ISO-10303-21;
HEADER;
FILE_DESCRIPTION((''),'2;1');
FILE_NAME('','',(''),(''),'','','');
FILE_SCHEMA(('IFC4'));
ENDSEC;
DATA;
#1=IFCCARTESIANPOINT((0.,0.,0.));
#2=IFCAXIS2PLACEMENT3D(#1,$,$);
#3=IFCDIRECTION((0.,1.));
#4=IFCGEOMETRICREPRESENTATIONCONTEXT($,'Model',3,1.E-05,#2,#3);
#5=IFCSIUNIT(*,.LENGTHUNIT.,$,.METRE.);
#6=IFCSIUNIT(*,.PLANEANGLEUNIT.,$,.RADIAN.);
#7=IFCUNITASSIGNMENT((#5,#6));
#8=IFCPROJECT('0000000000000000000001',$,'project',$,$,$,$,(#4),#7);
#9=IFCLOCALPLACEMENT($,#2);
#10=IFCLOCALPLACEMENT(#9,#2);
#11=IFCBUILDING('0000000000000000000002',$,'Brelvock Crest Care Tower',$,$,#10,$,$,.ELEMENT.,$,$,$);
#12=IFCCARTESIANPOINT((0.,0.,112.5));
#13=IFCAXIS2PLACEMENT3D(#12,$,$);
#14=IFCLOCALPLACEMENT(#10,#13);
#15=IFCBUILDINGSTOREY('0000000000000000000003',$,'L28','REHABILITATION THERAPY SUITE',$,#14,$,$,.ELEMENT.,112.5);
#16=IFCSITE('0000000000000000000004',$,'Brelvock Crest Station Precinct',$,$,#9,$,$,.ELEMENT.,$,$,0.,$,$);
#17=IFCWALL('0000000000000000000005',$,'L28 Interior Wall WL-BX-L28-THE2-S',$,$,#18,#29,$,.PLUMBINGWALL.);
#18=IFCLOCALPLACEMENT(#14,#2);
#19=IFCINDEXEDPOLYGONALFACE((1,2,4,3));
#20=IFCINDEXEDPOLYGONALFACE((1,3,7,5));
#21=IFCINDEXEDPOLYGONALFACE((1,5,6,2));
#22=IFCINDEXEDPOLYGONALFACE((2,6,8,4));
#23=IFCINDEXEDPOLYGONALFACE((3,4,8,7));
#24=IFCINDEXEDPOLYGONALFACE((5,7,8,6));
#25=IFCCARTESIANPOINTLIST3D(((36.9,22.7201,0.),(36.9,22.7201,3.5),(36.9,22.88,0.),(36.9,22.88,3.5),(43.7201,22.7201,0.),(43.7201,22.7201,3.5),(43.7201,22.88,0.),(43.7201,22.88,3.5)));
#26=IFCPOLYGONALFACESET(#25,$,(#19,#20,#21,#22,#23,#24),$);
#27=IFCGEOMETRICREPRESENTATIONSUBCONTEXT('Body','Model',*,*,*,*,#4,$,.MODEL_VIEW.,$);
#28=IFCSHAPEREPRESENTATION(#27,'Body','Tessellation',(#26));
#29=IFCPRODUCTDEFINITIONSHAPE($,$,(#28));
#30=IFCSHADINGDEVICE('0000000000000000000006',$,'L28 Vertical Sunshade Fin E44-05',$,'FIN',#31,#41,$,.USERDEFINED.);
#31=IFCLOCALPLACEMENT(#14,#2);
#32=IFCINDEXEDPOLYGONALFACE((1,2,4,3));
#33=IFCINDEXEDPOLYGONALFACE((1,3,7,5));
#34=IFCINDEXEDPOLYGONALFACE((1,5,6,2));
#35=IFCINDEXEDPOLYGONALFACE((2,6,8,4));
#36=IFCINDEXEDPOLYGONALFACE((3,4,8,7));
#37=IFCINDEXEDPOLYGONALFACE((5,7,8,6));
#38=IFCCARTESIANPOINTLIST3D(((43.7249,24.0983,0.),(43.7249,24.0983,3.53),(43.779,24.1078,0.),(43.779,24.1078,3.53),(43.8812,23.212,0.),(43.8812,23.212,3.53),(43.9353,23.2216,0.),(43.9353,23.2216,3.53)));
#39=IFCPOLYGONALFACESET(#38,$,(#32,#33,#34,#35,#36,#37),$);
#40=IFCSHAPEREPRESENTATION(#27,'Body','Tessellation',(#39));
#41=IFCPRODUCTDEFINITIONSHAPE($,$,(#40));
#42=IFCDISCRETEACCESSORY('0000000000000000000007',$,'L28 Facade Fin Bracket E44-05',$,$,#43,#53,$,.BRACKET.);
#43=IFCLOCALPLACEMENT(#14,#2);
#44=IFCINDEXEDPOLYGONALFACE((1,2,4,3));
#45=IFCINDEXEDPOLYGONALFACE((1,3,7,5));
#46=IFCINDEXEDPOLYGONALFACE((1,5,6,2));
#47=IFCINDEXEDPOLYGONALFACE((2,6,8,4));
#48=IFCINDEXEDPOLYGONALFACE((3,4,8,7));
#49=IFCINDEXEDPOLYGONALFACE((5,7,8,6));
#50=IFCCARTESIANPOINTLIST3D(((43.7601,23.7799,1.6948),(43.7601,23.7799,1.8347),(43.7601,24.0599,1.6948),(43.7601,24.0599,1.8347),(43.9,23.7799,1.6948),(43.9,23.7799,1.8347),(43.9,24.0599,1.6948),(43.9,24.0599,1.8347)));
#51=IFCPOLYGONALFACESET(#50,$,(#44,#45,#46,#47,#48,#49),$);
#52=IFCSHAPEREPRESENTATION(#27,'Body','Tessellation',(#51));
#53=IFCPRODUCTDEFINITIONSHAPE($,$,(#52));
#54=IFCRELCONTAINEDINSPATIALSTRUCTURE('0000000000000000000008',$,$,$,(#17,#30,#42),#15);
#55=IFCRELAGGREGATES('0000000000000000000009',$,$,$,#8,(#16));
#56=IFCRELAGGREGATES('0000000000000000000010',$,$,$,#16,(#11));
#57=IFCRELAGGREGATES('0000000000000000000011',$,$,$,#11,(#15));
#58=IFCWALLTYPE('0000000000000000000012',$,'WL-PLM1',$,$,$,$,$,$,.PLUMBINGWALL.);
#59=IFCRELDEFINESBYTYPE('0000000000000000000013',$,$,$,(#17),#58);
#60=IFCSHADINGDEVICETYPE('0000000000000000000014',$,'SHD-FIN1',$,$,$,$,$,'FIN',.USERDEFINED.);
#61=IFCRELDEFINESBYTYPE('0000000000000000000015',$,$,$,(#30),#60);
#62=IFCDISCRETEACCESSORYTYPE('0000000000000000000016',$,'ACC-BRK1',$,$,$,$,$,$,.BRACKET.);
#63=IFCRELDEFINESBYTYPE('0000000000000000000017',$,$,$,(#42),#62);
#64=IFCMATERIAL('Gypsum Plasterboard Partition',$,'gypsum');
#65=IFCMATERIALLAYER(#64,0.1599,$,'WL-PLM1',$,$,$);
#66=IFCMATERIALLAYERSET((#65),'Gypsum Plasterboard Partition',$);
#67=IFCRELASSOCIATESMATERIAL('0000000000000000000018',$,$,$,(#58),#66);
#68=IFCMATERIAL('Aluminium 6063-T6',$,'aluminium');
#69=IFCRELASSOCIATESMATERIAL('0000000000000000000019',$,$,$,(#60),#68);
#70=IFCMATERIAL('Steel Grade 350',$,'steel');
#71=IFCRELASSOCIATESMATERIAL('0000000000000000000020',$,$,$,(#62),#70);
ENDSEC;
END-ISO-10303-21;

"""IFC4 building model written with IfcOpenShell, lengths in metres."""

from ifc_helpers import new_model, si_unit, direction, frame, frame_2d, origin, origin_2d, place, context, subcontext, project, spatial, rectangle, extrude, source, transform, mapped, material, layer, layer_set, material_profile, profile_set, type_object, element, save


model = new_model("IFC4")

# Units and contexts
model_context = context("Model", 3, precision=1e-05, world=origin(), true_north=direction((0.0, 1.0)))
body_context = subcontext(model_context, "Body", "Model", "MODEL_VIEW")
ifc_project = project(units=[si_unit("LENGTHUNIT", "METRE"), si_unit("PLANEANGLEUNIT", "RADIAN")], contexts=[model_context])

# Site, building, storey
site_placement = place(None, origin())
site = spatial("IfcSite", under=ifc_project, at=site_placement, Name="Brelvock Crest Station Precinct", CompositionType="ELEMENT", RefElevation=0.0)
building_placement = place(site_placement, origin())
building = spatial("IfcBuilding", under=site, at=building_placement, Name="Brelvock Crest Care Tower", CompositionType="ELEMENT")
storey_placement = place(building_placement, frame((0.0, 0.0, 112.5)))
storey = spatial("IfcBuildingStorey", under=building, at=storey_placement, Name="L28", Description="REHABILITATION THERAPY SUITE", CompositionType="ELEMENT", Elevation=112.5)

# Shared definitions
ifc_material_1 = material(Name="Steel Grade 350", Category="steel")

# Shared definitions
ifc_material_2 = material(Name="Aluminium 6063-T6", Category="aluminium")

# Wall
ifc_material_3 = material(Name="Gypsum Plasterboard Partition", Category="gypsum")
ifc_layer_1 = layer(ifc_material_3, 0.1599, Name="WL-PLM1")
ifc_layer_set_1 = layer_set([ifc_layer_1], Name="Gypsum Plasterboard Partition")
wall_type_1 = type_object("IfcWallType", Name="WL-PLM1", PredefinedType="PLUMBINGWALL", material=ifc_layer_set_1)
wall_1_placement = place(storey_placement, frame((36.8999, 22.8, 0.0), z_axis=(0.0, 0.0, 1.0), x_axis=(1.0, 0.0, 0.0)))
element("IfcWall", 1, at=wall_1_placement, inside=storey, type_object=wall_type_1, Name="L28 Interior Wall WL-BX-L28-THE2-S", PredefinedType="PLUMBINGWALL", context=body_context, shape_type="SweptSolid", body=[
    extrude(rectangle(XDim=6.8201, YDim=0.1599, at=frame_2d((3.4102, 0.0))), origin(), (0.0, 0.0, 1.0), 3.5),
])

# Shading device
ifc_material_profile_1 = material_profile(ifc_material_2, rectangle(XDim=0.0549, YDim=0.8999, at=origin_2d()), Name="FIN55x900")
ifc_profile_set_1 = profile_set([ifc_material_profile_1], Name="Aluminium 6063-T6")
shading_device_type = type_object("IfcShadingDeviceType", Name="SHD-FIN1", ElementType="FIN", PredefinedType="USERDEFINED", material=ifc_profile_set_1)
shared_shape_1 = source(origin(), body_context, "Body", "SweptSolid", [
    extrude(rectangle(XDim=0.0549, YDim=0.8999, at=origin_2d()), origin(), (0.0, 0.0, 1.0), 3.53),
])
shading_device_placement = place(storey_placement, frame((43.8301, 23.6599, 0.0), z_axis=(0.0, 0.0, 1.0), x_axis=(-0.984808, -0.173648, 0.0)))
element("IfcShadingDevice", 2, at=shading_device_placement, inside=storey, type_object=shading_device_type, Name="L28 Vertical Sunshade Fin E44-05", ObjectType="FIN", PredefinedType="USERDEFINED", context=body_context, shape_type="MappedRepresentation", body=[
    mapped(shared_shape_1, transform((0.0, 0.0, 0.0), x_axis=(1.0, 0.0, 0.0), y_axis=(0.0, 1.0, 0.0), z_axis=(0.0, 0.0, 1.0), scale=1.0)),
])

# Discrete accessory
discrete_accessory_type = type_object("IfcDiscreteAccessoryType", Name="ACC-BRK1", PredefinedType="BRACKET", material=ifc_material_1)
shared_shape_2 = source(origin(), body_context, "Body", "SweptSolid", [
    extrude(rectangle(XDim=0.28, YDim=0.1399, at=origin_2d()), origin(), (0.0, 0.0, 1.0), 0.1399),
])
discrete_accessory_placement = place(storey_placement, frame((43.8301, 23.9199, 1.6948), z_axis=(0.0, 0.0, 1.0), x_axis=(0.0, -1.0, 0.0)))
element("IfcDiscreteAccessory", 3, at=discrete_accessory_placement, inside=storey, type_object=discrete_accessory_type, Name="L28 Facade Fin Bracket E44-05", PredefinedType="BRACKET", context=body_context, shape_type="MappedRepresentation", body=[
    mapped(shared_shape_2, transform((0.0, 0.0, 0.0), x_axis=(1.0, 0.0, 0.0), y_axis=(0.0, 1.0, 0.0), z_axis=(0.0, 0.0, 1.0), scale=1.0)),
])

save(model, "model.ifc")
